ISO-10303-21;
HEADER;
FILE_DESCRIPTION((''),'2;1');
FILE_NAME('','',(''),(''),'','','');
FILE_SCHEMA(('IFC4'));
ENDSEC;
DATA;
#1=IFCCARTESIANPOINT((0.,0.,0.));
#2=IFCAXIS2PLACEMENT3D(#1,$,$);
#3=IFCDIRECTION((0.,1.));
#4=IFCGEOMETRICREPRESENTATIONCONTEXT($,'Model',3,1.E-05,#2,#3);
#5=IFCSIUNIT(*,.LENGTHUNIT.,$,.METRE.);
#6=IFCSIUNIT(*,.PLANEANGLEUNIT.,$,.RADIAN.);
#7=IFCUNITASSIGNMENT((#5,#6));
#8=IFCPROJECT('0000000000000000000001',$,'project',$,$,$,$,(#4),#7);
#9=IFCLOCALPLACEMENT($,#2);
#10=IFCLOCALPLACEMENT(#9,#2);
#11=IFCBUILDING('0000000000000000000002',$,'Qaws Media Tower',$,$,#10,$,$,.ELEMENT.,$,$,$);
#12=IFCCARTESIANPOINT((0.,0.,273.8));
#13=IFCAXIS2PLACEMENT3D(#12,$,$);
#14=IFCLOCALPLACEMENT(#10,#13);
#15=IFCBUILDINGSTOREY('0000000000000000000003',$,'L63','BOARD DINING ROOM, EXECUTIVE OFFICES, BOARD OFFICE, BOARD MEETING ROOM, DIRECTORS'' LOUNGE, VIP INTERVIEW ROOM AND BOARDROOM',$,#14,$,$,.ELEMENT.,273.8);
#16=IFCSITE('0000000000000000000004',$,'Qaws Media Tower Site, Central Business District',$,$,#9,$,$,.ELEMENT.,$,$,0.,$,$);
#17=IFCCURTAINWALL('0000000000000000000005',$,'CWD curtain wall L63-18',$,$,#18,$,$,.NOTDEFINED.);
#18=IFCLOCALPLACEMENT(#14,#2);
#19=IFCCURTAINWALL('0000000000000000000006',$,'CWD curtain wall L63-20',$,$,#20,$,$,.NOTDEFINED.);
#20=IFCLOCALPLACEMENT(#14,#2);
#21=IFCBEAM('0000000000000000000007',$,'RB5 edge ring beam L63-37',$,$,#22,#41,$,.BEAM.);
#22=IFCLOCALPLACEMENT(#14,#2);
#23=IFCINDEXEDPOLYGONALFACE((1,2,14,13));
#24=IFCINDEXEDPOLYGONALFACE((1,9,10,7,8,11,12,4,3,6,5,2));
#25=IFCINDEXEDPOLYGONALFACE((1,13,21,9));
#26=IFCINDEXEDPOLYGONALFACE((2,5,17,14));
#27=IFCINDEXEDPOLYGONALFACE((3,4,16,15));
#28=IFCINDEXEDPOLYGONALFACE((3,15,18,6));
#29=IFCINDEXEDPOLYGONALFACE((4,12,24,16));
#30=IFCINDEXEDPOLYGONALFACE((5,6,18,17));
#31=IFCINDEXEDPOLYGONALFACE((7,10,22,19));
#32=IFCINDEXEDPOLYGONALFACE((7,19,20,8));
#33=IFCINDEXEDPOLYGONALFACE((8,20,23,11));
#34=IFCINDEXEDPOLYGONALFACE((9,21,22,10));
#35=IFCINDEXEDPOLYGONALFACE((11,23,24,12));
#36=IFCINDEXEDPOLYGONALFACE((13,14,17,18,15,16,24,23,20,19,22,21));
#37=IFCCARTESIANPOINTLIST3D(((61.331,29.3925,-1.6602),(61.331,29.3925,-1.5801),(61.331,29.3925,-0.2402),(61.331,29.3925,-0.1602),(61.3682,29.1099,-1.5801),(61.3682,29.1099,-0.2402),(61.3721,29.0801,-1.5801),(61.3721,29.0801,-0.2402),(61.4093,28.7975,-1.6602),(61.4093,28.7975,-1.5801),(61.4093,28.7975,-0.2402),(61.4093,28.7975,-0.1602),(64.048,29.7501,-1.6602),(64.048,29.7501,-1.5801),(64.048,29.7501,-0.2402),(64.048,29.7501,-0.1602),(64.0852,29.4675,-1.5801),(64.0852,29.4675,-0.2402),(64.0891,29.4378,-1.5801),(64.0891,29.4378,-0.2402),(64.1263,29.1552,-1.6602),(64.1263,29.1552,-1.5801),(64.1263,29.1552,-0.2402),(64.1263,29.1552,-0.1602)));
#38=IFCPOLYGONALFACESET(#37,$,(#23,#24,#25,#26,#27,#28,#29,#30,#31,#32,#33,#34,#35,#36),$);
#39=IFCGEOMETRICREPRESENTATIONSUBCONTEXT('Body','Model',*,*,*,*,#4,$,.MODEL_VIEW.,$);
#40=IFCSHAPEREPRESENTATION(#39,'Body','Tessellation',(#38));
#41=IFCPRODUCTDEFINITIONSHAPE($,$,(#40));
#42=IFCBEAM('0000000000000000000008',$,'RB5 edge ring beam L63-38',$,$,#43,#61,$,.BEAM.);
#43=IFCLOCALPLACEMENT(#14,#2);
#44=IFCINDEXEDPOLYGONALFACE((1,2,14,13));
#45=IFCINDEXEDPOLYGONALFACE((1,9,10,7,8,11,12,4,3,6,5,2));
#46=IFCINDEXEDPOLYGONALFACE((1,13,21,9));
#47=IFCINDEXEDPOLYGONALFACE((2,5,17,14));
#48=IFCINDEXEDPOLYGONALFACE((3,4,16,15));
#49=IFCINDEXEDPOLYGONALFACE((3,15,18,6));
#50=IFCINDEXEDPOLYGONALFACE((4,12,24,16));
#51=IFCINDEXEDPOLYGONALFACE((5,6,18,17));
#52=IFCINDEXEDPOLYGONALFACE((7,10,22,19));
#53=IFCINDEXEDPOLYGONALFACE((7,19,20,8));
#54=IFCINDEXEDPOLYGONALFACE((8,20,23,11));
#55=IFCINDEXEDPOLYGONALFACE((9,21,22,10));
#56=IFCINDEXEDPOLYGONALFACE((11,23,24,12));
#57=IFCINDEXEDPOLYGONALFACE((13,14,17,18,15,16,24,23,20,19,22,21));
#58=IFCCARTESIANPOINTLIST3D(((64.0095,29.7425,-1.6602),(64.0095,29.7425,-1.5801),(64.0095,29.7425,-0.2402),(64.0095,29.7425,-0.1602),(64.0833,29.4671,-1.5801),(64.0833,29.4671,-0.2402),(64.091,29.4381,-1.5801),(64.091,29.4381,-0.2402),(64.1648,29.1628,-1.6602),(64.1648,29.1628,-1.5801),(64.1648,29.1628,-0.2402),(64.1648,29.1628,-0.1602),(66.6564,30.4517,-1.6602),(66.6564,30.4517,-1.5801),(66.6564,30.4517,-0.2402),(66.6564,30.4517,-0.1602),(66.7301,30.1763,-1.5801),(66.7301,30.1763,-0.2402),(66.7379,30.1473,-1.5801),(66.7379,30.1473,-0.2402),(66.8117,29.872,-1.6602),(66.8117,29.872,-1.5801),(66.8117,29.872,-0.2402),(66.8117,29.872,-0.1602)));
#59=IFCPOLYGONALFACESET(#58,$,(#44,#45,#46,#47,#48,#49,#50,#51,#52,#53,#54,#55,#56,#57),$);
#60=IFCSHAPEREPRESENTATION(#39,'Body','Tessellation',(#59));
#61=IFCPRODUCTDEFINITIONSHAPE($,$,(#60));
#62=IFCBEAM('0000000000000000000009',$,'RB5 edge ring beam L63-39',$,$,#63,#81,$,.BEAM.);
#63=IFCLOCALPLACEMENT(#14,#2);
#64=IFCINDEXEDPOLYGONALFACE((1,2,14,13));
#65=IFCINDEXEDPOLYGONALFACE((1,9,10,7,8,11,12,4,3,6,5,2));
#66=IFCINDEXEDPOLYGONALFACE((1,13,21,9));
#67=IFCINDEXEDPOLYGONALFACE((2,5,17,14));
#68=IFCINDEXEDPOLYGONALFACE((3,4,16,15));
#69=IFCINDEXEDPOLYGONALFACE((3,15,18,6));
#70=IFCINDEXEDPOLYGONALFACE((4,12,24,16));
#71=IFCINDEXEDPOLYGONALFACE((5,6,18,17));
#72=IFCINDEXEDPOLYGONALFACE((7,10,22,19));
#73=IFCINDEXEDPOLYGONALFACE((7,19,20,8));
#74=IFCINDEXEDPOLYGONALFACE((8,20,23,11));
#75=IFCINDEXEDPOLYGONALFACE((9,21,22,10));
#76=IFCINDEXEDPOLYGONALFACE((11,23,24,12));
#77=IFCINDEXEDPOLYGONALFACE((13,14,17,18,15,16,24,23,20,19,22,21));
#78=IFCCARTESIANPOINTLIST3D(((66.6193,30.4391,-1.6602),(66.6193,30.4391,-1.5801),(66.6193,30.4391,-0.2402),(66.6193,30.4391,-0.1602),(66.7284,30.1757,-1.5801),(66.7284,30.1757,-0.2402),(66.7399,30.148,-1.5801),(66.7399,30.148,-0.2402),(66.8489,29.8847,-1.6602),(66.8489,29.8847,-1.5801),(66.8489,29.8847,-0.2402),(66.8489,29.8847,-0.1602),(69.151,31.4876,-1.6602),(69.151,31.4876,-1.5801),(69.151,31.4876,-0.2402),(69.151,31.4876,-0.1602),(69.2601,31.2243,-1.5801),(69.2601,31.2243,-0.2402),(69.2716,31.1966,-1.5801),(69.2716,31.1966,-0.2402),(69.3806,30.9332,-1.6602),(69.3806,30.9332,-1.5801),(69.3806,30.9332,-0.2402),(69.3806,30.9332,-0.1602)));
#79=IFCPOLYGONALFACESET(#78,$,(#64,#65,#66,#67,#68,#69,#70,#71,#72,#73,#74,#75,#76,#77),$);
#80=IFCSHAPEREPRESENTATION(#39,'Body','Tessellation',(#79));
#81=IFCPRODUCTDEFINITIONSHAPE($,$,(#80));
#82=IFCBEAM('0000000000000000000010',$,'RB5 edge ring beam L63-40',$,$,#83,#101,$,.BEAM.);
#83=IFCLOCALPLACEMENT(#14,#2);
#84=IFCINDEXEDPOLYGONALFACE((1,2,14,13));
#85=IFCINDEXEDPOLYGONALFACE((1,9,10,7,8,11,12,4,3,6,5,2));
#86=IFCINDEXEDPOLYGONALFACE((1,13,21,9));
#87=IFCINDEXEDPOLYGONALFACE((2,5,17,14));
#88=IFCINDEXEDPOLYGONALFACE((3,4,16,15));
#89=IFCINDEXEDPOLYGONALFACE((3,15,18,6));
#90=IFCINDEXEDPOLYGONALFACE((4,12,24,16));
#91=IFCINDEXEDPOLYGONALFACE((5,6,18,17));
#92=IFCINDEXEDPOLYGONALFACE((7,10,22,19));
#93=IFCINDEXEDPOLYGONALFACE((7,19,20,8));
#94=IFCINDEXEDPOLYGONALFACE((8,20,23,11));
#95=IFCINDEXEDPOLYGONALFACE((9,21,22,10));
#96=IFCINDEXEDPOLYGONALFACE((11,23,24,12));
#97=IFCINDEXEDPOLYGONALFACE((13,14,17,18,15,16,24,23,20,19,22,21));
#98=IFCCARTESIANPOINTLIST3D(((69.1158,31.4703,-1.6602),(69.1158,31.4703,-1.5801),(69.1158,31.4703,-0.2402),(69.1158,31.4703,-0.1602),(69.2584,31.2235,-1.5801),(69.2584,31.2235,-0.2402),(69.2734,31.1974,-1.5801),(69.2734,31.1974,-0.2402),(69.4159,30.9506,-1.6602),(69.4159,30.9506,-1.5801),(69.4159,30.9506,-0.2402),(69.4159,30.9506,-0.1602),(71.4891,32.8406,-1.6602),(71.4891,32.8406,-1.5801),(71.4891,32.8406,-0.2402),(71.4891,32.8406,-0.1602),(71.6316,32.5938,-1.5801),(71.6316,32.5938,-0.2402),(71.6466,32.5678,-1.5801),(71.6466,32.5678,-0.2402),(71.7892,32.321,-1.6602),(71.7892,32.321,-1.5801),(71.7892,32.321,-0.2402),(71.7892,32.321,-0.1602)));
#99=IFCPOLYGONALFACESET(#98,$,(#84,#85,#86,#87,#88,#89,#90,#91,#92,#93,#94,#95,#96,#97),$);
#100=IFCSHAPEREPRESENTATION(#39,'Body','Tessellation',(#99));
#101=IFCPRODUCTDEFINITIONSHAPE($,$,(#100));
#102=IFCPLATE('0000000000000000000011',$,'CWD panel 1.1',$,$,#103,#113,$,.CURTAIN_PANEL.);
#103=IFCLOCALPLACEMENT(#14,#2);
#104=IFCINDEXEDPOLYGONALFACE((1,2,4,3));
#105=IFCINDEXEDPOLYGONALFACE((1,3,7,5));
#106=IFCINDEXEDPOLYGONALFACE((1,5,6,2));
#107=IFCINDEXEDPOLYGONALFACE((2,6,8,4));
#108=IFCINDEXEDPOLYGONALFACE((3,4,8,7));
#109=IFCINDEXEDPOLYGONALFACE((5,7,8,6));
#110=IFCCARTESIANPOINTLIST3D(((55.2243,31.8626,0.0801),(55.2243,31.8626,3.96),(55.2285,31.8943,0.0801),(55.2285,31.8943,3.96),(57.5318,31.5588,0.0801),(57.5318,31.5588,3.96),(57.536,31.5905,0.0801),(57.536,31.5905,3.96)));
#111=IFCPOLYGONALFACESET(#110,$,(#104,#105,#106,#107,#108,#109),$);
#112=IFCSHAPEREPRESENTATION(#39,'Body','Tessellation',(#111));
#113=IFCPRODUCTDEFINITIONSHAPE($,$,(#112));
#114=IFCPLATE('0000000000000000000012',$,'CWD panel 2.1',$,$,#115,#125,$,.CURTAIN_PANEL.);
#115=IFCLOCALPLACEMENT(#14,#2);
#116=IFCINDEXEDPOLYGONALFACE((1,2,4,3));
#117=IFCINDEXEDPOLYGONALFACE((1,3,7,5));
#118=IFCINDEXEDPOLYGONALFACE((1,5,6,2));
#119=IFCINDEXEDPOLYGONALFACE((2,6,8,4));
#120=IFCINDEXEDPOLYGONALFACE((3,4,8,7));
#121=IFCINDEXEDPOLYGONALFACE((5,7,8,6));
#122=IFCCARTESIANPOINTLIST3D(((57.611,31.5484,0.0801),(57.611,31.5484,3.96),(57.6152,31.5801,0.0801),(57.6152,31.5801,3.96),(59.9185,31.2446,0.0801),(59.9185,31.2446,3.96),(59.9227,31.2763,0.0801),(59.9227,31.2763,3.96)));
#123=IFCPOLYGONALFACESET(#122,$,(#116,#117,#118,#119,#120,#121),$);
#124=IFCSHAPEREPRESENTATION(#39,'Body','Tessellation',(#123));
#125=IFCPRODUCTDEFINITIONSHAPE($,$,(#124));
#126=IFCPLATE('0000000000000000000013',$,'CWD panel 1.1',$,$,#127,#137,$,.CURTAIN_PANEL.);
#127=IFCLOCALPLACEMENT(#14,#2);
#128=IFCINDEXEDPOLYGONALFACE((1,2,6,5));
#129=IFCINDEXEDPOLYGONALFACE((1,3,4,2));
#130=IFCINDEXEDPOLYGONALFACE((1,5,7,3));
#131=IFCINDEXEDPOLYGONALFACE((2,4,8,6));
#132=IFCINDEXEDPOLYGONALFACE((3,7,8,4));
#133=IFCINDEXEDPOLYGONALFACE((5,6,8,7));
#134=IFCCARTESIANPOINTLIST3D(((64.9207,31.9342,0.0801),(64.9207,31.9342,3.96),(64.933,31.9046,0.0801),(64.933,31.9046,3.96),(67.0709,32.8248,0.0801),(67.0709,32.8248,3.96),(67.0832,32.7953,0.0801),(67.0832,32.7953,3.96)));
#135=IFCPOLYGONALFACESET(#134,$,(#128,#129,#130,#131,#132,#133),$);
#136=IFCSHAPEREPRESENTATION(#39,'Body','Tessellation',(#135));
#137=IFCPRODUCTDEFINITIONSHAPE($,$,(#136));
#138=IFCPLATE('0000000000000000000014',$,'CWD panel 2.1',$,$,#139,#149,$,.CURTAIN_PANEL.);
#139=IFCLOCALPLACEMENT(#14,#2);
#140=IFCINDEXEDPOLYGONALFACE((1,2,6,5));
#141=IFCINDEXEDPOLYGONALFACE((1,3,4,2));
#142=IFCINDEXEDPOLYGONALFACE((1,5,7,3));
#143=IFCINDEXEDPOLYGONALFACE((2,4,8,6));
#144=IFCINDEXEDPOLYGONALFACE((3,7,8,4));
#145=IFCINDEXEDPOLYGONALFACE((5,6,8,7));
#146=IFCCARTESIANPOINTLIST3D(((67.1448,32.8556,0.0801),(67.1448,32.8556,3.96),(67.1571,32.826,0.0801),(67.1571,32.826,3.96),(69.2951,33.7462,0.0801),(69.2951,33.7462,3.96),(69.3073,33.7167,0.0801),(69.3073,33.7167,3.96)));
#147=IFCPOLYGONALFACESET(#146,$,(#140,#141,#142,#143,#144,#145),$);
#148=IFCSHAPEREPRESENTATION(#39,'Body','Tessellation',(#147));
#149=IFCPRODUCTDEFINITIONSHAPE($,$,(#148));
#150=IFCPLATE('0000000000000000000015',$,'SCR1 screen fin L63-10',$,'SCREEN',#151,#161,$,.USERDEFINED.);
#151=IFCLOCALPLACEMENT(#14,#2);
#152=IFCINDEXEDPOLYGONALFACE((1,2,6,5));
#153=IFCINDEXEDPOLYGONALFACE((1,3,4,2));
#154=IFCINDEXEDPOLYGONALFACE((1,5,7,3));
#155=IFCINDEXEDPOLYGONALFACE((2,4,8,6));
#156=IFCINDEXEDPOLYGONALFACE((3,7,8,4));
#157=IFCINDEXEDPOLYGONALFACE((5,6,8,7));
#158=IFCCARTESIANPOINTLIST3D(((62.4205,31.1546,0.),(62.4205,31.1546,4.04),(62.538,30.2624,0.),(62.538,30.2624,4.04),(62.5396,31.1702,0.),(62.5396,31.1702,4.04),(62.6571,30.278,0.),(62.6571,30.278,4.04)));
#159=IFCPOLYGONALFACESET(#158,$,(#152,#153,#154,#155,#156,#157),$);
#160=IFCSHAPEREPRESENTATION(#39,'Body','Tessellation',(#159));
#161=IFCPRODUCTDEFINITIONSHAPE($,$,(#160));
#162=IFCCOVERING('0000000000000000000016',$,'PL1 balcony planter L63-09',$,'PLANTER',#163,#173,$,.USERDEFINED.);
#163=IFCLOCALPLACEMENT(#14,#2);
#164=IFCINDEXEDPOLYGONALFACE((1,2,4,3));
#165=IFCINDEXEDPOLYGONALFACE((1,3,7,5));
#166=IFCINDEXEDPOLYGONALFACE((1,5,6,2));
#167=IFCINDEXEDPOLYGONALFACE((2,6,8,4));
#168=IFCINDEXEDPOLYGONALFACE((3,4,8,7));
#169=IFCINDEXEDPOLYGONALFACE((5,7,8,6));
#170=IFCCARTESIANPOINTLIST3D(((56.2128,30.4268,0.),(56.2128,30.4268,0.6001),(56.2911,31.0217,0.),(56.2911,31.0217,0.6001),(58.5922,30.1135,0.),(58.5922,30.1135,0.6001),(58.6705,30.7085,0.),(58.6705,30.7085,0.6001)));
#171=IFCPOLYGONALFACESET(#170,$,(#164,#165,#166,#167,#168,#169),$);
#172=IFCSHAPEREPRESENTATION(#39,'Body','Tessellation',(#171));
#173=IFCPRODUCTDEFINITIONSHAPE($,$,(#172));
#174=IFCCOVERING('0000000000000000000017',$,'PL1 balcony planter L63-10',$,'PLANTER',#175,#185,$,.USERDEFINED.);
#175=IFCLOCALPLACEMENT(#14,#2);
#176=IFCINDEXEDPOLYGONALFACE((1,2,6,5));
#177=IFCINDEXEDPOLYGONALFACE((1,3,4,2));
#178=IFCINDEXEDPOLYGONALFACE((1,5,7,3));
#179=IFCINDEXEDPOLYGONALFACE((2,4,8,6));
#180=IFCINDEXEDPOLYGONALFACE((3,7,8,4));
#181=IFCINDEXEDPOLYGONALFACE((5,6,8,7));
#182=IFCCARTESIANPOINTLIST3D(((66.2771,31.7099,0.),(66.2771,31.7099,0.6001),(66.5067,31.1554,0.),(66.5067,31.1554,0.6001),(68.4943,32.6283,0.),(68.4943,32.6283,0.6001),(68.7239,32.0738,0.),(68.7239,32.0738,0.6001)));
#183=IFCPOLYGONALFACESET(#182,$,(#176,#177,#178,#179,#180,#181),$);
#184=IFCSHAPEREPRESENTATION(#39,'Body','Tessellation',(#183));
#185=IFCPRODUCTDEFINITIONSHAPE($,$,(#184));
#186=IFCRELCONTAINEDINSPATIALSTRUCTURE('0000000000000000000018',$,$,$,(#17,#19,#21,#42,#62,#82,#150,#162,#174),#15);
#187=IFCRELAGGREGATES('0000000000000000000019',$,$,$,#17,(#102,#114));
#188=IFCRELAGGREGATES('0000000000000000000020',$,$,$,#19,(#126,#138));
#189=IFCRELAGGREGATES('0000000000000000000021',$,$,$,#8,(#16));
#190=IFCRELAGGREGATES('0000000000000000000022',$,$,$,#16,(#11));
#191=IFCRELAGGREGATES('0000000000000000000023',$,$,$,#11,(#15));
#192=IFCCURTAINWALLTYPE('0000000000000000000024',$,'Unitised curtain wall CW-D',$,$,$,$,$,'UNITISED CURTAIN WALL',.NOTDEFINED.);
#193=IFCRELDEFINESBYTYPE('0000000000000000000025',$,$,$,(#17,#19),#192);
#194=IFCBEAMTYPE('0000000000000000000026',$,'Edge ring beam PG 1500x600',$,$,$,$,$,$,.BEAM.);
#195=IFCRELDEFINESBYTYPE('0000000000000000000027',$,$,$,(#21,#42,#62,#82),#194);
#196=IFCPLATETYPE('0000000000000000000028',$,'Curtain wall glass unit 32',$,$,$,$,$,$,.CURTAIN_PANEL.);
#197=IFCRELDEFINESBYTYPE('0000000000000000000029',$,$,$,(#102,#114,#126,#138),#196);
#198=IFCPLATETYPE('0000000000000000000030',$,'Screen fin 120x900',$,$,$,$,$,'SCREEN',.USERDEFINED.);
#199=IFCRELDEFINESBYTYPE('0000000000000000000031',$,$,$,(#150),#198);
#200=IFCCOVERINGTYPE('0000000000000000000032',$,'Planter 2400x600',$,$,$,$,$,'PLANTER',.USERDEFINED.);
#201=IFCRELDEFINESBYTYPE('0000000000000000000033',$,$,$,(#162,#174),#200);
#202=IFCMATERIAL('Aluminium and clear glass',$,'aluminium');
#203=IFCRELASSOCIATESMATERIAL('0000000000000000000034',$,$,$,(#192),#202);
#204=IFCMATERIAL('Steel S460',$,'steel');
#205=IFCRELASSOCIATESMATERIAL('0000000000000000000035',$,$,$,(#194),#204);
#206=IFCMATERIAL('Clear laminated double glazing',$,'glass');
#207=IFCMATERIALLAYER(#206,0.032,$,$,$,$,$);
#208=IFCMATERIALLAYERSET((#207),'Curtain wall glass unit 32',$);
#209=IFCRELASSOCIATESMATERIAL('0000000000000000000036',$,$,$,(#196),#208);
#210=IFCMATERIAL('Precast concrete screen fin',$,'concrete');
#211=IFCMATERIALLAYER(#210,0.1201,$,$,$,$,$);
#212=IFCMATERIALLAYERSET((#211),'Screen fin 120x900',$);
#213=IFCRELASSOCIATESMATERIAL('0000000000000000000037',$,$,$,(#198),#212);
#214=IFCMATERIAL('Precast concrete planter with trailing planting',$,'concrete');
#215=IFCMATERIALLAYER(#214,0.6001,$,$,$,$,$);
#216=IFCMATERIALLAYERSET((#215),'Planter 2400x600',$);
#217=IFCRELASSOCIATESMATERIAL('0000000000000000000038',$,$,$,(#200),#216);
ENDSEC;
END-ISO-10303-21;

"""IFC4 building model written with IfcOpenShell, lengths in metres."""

from ifc_helpers import new_model, si_unit, direction, frame, origin, origin_2d, place, context, subcontext, project, spatial, rectangle, i_section, extrude, material, layer, layer_set, material_profile, profile_set, type_object, element, aggregate, save


model = new_model("IFC4")

# Units and contexts
model_context = context("Model", 3, precision=1e-05, world=origin(), true_north=direction((0.0, 1.0)))
body_context = subcontext(model_context, "Body", "Model", "MODEL_VIEW")
ifc_project = project(units=[si_unit("LENGTHUNIT", "METRE"), si_unit("PLANEANGLEUNIT", "RADIAN")], contexts=[model_context])

# Site, building, storey
site_placement = place(None, origin())
site = spatial("IfcSite", under=ifc_project, at=site_placement, Name="Qaws Media Tower Site, Central Business District", CompositionType="ELEMENT", RefElevation=0.0)
building_placement = place(site_placement, origin())
building = spatial("IfcBuilding", under=site, at=building_placement, Name="Qaws Media Tower", CompositionType="ELEMENT")
storey_placement = place(building_placement, frame((0.0, 0.0, 273.8)))
storey = spatial("IfcBuildingStorey", under=building, at=storey_placement, Name="L63", Description="BOARD DINING ROOM, EXECUTIVE OFFICES, BOARD OFFICE, BOARD MEETING ROOM, DIRECTORS' LOUNGE, VIP INTERVIEW ROOM AND BOARDROOM", CompositionType="ELEMENT", Elevation=273.8)

# Curtain walls
ifc_material_1 = material(Name="Aluminium and clear glass", Category="aluminium")
curtain_wall_type = type_object("IfcCurtainWallType", Name="Unitised curtain wall CW-D", ElementType="UNITISED CURTAIN WALL", PredefinedType="NOTDEFINED", material=ifc_material_1)
curtain_wall_1_placement = place(storey_placement, origin())
curtain_wall_1 = element("IfcCurtainWall", 1, at=curtain_wall_1_placement, inside=storey, type_object=curtain_wall_type, Name="CWD curtain wall L63-18", PredefinedType="NOTDEFINED")
curtain_wall_2_placement = place(storey_placement, origin())
curtain_wall_2 = element("IfcCurtainWall", 2, at=curtain_wall_2_placement, inside=storey, type_object=curtain_wall_type, Name="CWD curtain wall L63-20", PredefinedType="NOTDEFINED")

# Beams
ifc_material_2 = material(Name="Steel S460", Category="steel")
ifc_material_profile_1 = material_profile(ifc_material_2, i_section(OverallWidth=0.6001, OverallDepth=1.5, WebThickness=0.03, FlangeThickness=0.0801, at=origin_2d()), Name="PG 1500x600")
ifc_profile_set_1 = profile_set([ifc_material_profile_1], Name="Steel S460")
beam_type = type_object("IfcBeamType", Name="Edge ring beam PG 1500x600", PredefinedType="BEAM", material=ifc_profile_set_1)
beam_1_placement = place(storey_placement, frame((61.3701, 29.095, -0.9102), z_axis=(0.991447, 0.130512, 0.0), x_axis=(-0.130512, 0.991447, 0.0)))
element("IfcBeam", 3, at=beam_1_placement, inside=storey, type_object=beam_type, Name="RB5 edge ring beam L63-37", PredefinedType="BEAM", context=body_context, shape_type="SweptSolid", body=[
    extrude(i_section(OverallWidth=0.6001, OverallDepth=1.5, WebThickness=0.03, FlangeThickness=0.0801, at=origin_2d()), origin(), (0.0, 0.0, 1.0), 2.7405),
])
for number, where, z_axis, x_axis, name in (
    (4, (64.0872, 29.4526, -0.9102), (0.965928, 0.25881, 0.0), (-0.25881, 0.965928, 0.0), "RB5 edge ring beam L63-38"),
    (5, (66.7341, 30.1619, -0.9102), (0.923892, 0.382653, 0.0), (-0.382653, 0.923892, 0.0), "RB5 edge ring beam L63-39"),
):
    element("IfcBeam", number, at=place(storey_placement, frame(where, z_axis=z_axis, x_axis=x_axis)), inside=storey, type_object=beam_type, Name=name, PredefinedType="BEAM", context=body_context, shape_type="SweptSolid", body=[
        extrude(i_section(OverallWidth=0.6001, OverallDepth=1.5, WebThickness=0.03, FlangeThickness=0.0801, at=origin_2d()), origin(), (0.0, 0.0, 1.0), 2.7402),
    ])
beam_2_placement = place(storey_placement, frame((69.2659, 31.2104, -0.9102), z_axis=(0.866003, 0.500039, 0.0), x_axis=(-0.500039, 0.866003, 0.0)))
element("IfcBeam", 6, at=beam_2_placement, inside=storey, type_object=beam_type, Name="RB5 edge ring beam L63-40", PredefinedType="BEAM", context=body_context, shape_type="SweptSolid", body=[
    extrude(i_section(OverallWidth=0.6001, OverallDepth=1.5, WebThickness=0.03, FlangeThickness=0.0801, at=origin_2d()), origin(), (0.0, 0.0, 1.0), 2.7405),
])

# Plates
ifc_material_3 = material(Name="Clear laminated double glazing", Category="glass")
ifc_layer_1 = layer(ifc_material_3, 0.032)
ifc_layer_set_1 = layer_set([ifc_layer_1], Name="Curtain wall glass unit 32")
plate_type_1 = type_object("IfcPlateType", Name="Curtain wall glass unit 32", PredefinedType="CURTAIN_PANEL", material=ifc_layer_set_1)
plate_1_placement = place(storey_placement, frame((56.3801, 31.7266, 0.0801), z_axis=(0.0, 0.0, 1.0), x_axis=(0.991445, -0.130526, 0.0)))
plate_1 = element("IfcPlate", 7, at=plate_1_placement, type_object=plate_type_1, Name="CWD panel 1.1", PredefinedType="CURTAIN_PANEL", context=body_context, shape_type="SweptSolid", body=[
    extrude(rectangle(XDim=2.3274, YDim=0.032, at=origin_2d()), origin(), (0.0, 0.0, 1.0), 3.8799),
])
plate_2_placement = place(storey_placement, frame((58.7668, 31.4124, 0.0801), z_axis=(0.0, 0.0, 1.0), x_axis=(0.991445, -0.130526, 0.0)))
plate_2 = element("IfcPlate", 8, at=plate_2_placement, type_object=plate_type_1, Name="CWD panel 2.1", PredefinedType="CURTAIN_PANEL", context=body_context, shape_type="SweptSolid", body=[
    extrude(rectangle(XDim=2.3274, YDim=0.032, at=origin_2d()), origin(), (0.0, 0.0, 1.0), 3.8799),
])
aggregate(curtain_wall_1, [plate_1, plate_2])
plate_3_placement = place(storey_placement, frame((66.002, 32.3647, 0.0801), z_axis=(0.0, 0.0, 1.0), x_axis=(0.92388, 0.382683, 0.0)))
plate_3 = element("IfcPlate", 9, at=plate_3_placement, type_object=plate_type_1, Name="CWD panel 1.1", PredefinedType="CURTAIN_PANEL", context=body_context, shape_type="SweptSolid", body=[
    extrude(rectangle(XDim=2.3274, YDim=0.032, at=origin_2d()), origin(), (0.0, 0.0, 1.0), 3.8799),
])
plate_4_placement = place(storey_placement, frame((68.2261, 33.2861, 0.0801), z_axis=(0.0, 0.0, 1.0), x_axis=(0.92388, 0.382683, 0.0)))
plate_4 = element("IfcPlate", 10, at=plate_4_placement, type_object=plate_type_1, Name="CWD panel 2.1", PredefinedType="CURTAIN_PANEL", context=body_context, shape_type="SweptSolid", body=[
    extrude(rectangle(XDim=2.3274, YDim=0.032, at=origin_2d()), origin(), (0.0, 0.0, 1.0), 3.8799),
])
aggregate(curtain_wall_2, [plate_3, plate_4])
ifc_material_4 = material(Name="Precast concrete screen fin", Category="concrete")
ifc_layer_2 = layer(ifc_material_4, 0.1201)
ifc_layer_set_2 = layer_set([ifc_layer_2], Name="Screen fin 120x900")
plate_type_2 = type_object("IfcPlateType", Name="Screen fin 120x900", ElementType="SCREEN", PredefinedType="USERDEFINED", material=ifc_layer_set_2)
plate_5_placement = place(storey_placement, frame((62.5388, 30.7163, 0.0), z_axis=(0.0, 0.0, 1.0), x_axis=(0.130526, -0.991445, 0.0)))
element("IfcPlate", 11, at=plate_5_placement, inside=storey, type_object=plate_type_2, Name="SCR1 screen fin L63-10", ObjectType="SCREEN", PredefinedType="USERDEFINED", context=body_context, shape_type="SweptSolid", body=[
    extrude(rectangle(XDim=0.8999, YDim=0.1201, at=origin_2d()), origin(), (0.0, 0.0, 1.0), 4.04),
])

# Coverings
ifc_material_5 = material(Name="Precast concrete planter with trailing planting", Category="concrete")
ifc_layer_3 = layer(ifc_material_5, 0.6001)
ifc_layer_set_3 = layer_set([ifc_layer_3], Name="Planter 2400x600")
covering_type = type_object("IfcCoveringType", Name="Planter 2400x600", ElementType="PLANTER", PredefinedType="USERDEFINED", material=ifc_layer_set_3)
for number, where, z_axis, x_axis, name in (
    (12, (57.4417, 30.5676, 0.0), (0.0, 0.0, 1.0), (0.991445, -0.130526, 0.0), "PL1 balcony planter L63-09"),
    (13, (67.5005, 31.8918, 0.0), (0.0, 0.0, 1.0), (0.92388, 0.382683, 0.0), "PL1 balcony planter L63-10"),
):
    element("IfcCovering", number, at=place(storey_placement, frame(where, z_axis=z_axis, x_axis=x_axis)), inside=storey, type_object=covering_type, Name=name, ObjectType="PLANTER", PredefinedType="USERDEFINED", context=body_context, shape_type="SweptSolid", body=[
        extrude(rectangle(XDim=2.3999, YDim=0.6001, at=origin_2d()), origin(), (0.0, 0.0, 1.0), 0.6001),
    ])

save(model, "model.ifc")
